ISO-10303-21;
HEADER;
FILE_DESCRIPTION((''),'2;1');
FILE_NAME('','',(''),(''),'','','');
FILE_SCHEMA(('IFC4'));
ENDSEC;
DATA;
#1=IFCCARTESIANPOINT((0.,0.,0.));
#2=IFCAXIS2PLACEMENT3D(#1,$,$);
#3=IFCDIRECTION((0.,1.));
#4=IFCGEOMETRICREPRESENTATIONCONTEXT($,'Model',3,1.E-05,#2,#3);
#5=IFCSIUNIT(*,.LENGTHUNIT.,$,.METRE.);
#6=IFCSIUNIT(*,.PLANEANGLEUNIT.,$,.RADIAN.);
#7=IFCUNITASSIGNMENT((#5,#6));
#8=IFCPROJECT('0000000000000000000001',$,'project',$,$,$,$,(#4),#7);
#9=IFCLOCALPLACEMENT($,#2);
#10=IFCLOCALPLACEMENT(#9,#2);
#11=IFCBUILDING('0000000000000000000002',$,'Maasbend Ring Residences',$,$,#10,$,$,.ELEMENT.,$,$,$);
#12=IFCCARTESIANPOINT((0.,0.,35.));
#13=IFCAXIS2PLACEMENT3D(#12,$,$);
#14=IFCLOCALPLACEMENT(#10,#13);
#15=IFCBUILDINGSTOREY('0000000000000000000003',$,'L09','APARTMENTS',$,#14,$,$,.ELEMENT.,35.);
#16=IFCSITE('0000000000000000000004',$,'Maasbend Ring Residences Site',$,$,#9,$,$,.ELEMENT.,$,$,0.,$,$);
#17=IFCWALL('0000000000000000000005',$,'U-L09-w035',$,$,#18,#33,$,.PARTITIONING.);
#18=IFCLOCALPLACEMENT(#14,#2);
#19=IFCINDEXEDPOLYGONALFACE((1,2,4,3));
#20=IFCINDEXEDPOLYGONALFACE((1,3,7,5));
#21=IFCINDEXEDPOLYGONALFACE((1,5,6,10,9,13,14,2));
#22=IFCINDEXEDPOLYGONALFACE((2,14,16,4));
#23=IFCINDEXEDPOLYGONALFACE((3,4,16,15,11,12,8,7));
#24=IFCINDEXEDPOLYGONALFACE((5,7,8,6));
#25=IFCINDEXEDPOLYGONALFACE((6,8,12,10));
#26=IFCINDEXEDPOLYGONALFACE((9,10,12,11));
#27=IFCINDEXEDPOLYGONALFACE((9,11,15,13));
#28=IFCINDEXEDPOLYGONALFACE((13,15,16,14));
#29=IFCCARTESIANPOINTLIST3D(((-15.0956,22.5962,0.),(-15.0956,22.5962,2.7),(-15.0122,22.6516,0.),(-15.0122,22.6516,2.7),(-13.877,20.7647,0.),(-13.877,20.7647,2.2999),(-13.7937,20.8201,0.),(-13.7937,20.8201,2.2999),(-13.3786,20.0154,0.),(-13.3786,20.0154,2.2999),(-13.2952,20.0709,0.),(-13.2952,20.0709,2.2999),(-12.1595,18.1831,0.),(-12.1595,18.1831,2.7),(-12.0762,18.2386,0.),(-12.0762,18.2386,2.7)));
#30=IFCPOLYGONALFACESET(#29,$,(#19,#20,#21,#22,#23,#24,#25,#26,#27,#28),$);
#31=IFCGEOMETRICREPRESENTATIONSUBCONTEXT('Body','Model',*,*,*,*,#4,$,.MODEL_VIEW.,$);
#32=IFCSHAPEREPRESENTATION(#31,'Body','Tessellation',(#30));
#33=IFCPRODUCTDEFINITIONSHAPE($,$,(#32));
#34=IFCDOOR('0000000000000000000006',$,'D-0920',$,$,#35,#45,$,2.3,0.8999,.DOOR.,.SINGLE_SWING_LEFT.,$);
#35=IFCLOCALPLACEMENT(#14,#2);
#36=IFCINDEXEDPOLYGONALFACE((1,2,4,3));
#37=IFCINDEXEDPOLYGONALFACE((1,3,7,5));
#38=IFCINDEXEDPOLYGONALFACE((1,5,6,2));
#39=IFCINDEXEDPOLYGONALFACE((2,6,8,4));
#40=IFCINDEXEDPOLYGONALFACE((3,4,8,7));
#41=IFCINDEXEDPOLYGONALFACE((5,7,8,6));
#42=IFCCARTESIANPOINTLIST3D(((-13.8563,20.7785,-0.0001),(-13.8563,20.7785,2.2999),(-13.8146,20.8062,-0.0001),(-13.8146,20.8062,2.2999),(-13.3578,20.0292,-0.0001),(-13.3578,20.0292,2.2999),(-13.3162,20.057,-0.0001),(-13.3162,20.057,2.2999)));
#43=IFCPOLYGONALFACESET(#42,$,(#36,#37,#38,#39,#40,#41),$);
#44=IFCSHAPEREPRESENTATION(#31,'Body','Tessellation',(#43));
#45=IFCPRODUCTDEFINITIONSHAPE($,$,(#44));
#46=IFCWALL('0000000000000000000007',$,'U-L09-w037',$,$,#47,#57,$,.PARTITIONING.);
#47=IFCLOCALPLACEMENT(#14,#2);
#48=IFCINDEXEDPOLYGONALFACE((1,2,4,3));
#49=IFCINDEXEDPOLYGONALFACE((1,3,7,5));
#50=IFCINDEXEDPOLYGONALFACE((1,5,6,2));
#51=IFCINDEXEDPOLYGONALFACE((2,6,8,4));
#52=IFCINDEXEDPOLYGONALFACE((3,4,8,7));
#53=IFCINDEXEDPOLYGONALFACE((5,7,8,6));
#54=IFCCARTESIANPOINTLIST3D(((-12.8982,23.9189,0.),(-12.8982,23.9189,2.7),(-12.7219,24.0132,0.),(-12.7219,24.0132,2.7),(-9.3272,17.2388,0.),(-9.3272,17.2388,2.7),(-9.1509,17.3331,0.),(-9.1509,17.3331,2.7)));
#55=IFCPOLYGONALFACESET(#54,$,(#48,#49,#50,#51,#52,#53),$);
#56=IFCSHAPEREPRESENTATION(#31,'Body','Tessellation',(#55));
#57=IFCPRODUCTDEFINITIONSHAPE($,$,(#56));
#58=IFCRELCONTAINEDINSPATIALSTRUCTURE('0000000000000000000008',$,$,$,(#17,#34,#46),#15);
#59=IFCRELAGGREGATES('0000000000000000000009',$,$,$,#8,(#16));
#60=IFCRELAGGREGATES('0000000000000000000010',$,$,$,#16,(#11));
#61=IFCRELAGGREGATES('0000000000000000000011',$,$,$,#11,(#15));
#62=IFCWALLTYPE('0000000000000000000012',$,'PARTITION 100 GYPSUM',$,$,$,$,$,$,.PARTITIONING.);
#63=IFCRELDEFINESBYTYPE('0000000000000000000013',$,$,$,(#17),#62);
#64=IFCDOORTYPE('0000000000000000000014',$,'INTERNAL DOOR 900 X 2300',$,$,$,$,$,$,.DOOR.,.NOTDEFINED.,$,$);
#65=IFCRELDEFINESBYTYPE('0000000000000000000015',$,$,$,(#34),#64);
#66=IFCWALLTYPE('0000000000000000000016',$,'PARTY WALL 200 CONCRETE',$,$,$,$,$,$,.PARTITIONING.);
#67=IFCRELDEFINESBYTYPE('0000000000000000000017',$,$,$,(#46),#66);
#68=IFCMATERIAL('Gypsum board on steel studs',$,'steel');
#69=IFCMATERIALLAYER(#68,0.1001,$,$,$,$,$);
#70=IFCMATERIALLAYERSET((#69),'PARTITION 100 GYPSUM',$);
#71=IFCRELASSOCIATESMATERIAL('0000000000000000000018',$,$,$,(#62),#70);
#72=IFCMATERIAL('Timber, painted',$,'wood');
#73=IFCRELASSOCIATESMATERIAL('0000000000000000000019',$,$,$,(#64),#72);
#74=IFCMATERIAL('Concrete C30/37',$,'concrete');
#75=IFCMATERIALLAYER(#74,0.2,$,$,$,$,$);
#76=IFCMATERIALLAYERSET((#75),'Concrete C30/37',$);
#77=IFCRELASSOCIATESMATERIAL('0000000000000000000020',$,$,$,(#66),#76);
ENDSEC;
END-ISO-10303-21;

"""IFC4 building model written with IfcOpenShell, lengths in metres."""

from ifc_helpers import new_model, si_unit, direction, frame, frame_2d, origin, place, context, subcontext, project, spatial, rectangle, extrude, material, layer, layer_set, type_object, element, fill, save


model = new_model("IFC4")

# Units and contexts
model_context = context("Model", 3, precision=1e-05, world=origin(), true_north=direction((0.0, 1.0)))
body_context = subcontext(model_context, "Body", "Model", "MODEL_VIEW")
ifc_project = project(units=[si_unit("LENGTHUNIT", "METRE"), si_unit("PLANEANGLEUNIT", "RADIAN")], contexts=[model_context])

# Site, building, storey
site_placement = place(None, origin())
site = spatial("IfcSite", under=ifc_project, at=site_placement, Name="Maasbend Ring Residences Site", CompositionType="ELEMENT", RefElevation=0.0)
building_placement = place(site_placement, origin())
building = spatial("IfcBuilding", under=site, at=building_placement, Name="Maasbend Ring Residences", CompositionType="ELEMENT")
storey_placement = place(building_placement, frame((0.0, 0.0, 35.0)))
storey = spatial("IfcBuildingStorey", under=building, at=storey_placement, Name="L09", Description="APARTMENTS", CompositionType="ELEMENT", Elevation=35.0)

# Shared definitions
ifc_material_1 = material(Name="Gypsum board on steel studs", Category="steel")
ifc_layer_1 = layer(ifc_material_1, 0.1001)
ifc_layer_set_1 = layer_set([ifc_layer_1], Name="PARTITION 100 GYPSUM")
wall_type_1 = type_object("IfcWallType", Name="PARTITION 100 GYPSUM", PredefinedType="PARTITIONING", material=ifc_layer_set_1)
ifc_material_2 = material(Name="Timber, painted", Category="wood")
door_type_1 = type_object("IfcDoorType", Name="INTERNAL DOOR 900 X 2300", OperationType="NOTDEFINED", PredefinedType="DOOR", material=ifc_material_2)

# Wall, opening, door
wall_1_placement = place(storey_placement, frame((-15.054, 22.624, 0.0), z_axis=(0.0, 0.0, 1.0), x_axis=(0.553913, -0.832574, 0.0)))
wall_1 = element("IfcWall", 1, at=wall_1_placement, inside=storey, type_object=wall_type_1, Name="U-L09-w035", PredefinedType="PARTITIONING", context=body_context, shape_type="SweptSolid", body=[
    extrude(rectangle(XDim=5.3005, YDim=0.1001, at=frame_2d((2.6504, 0.0))), origin(), (0.0, 0.0, 1.0), 2.7),
])
opening_1_placement = place(wall_1_placement, frame((2.2, 0.0, 0.0)))
opening_1 = element("IfcOpeningElement", 2, at=opening_1_placement, cuts=wall_1, PredefinedType="OPENING", context=body_context, shape_type="SweptSolid", body=[
    extrude(rectangle(XDim=0.8999, YDim=2.3, at=frame_2d((0.45, 1.1499))), frame((0.0, 0.0601, 0.0), z_axis=(0.0, -1.0, 0.0), x_axis=(1.0, 0.0, 0.0)), (0.0, 0.0, 1.0), 0.1201),
])
door_1_placement = place(opening_1_placement, origin())
door_1 = element("IfcDoor", 3, at=door_1_placement, inside=storey, type_object=door_type_1, Name="D-0920", OperationType="SINGLE_SWING_LEFT", OverallHeight=2.3, OverallWidth=0.8999, PredefinedType="DOOR", context=body_context, shape_type="SweptSolid", body=[
    extrude(rectangle(XDim=0.8999, YDim=2.3, at=frame_2d((0.45, 1.1499))), frame((0.0, 0.0249, 0.0), z_axis=(0.0, -1.0, 0.0), x_axis=(1.0, 0.0, 0.0)), (0.0, 0.0, 1.0), 0.05),
])
fill(opening_1, door_1)

# Wall
ifc_material_3 = material(Name="Concrete C30/37", Category="concrete")
ifc_layer_2 = layer(ifc_material_3, 0.2)
ifc_layer_set_2 = layer_set([ifc_layer_2], Name="Concrete C30/37")
wall_type_2 = type_object("IfcWallType", Name="PARTY WALL 200 CONCRETE", PredefinedType="PARTITIONING", material=ifc_layer_set_2)
wall_2_placement = place(storey_placement, frame((-12.8101, 23.9661, 0.0), z_axis=(0.0, 0.0, 1.0), x_axis=(0.47144, -0.881898, 0.0)))
element("IfcWall", 4, at=wall_2_placement, inside=storey, type_object=wall_type_2, Name="U-L09-w037", PredefinedType="PARTITIONING", context=body_context, shape_type="SweptSolid", body=[
    extrude(rectangle(XDim=7.5747, YDim=0.2, at=frame_2d((3.7874, 0.0))), origin(), (0.0, 0.0, 1.0), 2.7),
])

save(model, "model.ifc")
